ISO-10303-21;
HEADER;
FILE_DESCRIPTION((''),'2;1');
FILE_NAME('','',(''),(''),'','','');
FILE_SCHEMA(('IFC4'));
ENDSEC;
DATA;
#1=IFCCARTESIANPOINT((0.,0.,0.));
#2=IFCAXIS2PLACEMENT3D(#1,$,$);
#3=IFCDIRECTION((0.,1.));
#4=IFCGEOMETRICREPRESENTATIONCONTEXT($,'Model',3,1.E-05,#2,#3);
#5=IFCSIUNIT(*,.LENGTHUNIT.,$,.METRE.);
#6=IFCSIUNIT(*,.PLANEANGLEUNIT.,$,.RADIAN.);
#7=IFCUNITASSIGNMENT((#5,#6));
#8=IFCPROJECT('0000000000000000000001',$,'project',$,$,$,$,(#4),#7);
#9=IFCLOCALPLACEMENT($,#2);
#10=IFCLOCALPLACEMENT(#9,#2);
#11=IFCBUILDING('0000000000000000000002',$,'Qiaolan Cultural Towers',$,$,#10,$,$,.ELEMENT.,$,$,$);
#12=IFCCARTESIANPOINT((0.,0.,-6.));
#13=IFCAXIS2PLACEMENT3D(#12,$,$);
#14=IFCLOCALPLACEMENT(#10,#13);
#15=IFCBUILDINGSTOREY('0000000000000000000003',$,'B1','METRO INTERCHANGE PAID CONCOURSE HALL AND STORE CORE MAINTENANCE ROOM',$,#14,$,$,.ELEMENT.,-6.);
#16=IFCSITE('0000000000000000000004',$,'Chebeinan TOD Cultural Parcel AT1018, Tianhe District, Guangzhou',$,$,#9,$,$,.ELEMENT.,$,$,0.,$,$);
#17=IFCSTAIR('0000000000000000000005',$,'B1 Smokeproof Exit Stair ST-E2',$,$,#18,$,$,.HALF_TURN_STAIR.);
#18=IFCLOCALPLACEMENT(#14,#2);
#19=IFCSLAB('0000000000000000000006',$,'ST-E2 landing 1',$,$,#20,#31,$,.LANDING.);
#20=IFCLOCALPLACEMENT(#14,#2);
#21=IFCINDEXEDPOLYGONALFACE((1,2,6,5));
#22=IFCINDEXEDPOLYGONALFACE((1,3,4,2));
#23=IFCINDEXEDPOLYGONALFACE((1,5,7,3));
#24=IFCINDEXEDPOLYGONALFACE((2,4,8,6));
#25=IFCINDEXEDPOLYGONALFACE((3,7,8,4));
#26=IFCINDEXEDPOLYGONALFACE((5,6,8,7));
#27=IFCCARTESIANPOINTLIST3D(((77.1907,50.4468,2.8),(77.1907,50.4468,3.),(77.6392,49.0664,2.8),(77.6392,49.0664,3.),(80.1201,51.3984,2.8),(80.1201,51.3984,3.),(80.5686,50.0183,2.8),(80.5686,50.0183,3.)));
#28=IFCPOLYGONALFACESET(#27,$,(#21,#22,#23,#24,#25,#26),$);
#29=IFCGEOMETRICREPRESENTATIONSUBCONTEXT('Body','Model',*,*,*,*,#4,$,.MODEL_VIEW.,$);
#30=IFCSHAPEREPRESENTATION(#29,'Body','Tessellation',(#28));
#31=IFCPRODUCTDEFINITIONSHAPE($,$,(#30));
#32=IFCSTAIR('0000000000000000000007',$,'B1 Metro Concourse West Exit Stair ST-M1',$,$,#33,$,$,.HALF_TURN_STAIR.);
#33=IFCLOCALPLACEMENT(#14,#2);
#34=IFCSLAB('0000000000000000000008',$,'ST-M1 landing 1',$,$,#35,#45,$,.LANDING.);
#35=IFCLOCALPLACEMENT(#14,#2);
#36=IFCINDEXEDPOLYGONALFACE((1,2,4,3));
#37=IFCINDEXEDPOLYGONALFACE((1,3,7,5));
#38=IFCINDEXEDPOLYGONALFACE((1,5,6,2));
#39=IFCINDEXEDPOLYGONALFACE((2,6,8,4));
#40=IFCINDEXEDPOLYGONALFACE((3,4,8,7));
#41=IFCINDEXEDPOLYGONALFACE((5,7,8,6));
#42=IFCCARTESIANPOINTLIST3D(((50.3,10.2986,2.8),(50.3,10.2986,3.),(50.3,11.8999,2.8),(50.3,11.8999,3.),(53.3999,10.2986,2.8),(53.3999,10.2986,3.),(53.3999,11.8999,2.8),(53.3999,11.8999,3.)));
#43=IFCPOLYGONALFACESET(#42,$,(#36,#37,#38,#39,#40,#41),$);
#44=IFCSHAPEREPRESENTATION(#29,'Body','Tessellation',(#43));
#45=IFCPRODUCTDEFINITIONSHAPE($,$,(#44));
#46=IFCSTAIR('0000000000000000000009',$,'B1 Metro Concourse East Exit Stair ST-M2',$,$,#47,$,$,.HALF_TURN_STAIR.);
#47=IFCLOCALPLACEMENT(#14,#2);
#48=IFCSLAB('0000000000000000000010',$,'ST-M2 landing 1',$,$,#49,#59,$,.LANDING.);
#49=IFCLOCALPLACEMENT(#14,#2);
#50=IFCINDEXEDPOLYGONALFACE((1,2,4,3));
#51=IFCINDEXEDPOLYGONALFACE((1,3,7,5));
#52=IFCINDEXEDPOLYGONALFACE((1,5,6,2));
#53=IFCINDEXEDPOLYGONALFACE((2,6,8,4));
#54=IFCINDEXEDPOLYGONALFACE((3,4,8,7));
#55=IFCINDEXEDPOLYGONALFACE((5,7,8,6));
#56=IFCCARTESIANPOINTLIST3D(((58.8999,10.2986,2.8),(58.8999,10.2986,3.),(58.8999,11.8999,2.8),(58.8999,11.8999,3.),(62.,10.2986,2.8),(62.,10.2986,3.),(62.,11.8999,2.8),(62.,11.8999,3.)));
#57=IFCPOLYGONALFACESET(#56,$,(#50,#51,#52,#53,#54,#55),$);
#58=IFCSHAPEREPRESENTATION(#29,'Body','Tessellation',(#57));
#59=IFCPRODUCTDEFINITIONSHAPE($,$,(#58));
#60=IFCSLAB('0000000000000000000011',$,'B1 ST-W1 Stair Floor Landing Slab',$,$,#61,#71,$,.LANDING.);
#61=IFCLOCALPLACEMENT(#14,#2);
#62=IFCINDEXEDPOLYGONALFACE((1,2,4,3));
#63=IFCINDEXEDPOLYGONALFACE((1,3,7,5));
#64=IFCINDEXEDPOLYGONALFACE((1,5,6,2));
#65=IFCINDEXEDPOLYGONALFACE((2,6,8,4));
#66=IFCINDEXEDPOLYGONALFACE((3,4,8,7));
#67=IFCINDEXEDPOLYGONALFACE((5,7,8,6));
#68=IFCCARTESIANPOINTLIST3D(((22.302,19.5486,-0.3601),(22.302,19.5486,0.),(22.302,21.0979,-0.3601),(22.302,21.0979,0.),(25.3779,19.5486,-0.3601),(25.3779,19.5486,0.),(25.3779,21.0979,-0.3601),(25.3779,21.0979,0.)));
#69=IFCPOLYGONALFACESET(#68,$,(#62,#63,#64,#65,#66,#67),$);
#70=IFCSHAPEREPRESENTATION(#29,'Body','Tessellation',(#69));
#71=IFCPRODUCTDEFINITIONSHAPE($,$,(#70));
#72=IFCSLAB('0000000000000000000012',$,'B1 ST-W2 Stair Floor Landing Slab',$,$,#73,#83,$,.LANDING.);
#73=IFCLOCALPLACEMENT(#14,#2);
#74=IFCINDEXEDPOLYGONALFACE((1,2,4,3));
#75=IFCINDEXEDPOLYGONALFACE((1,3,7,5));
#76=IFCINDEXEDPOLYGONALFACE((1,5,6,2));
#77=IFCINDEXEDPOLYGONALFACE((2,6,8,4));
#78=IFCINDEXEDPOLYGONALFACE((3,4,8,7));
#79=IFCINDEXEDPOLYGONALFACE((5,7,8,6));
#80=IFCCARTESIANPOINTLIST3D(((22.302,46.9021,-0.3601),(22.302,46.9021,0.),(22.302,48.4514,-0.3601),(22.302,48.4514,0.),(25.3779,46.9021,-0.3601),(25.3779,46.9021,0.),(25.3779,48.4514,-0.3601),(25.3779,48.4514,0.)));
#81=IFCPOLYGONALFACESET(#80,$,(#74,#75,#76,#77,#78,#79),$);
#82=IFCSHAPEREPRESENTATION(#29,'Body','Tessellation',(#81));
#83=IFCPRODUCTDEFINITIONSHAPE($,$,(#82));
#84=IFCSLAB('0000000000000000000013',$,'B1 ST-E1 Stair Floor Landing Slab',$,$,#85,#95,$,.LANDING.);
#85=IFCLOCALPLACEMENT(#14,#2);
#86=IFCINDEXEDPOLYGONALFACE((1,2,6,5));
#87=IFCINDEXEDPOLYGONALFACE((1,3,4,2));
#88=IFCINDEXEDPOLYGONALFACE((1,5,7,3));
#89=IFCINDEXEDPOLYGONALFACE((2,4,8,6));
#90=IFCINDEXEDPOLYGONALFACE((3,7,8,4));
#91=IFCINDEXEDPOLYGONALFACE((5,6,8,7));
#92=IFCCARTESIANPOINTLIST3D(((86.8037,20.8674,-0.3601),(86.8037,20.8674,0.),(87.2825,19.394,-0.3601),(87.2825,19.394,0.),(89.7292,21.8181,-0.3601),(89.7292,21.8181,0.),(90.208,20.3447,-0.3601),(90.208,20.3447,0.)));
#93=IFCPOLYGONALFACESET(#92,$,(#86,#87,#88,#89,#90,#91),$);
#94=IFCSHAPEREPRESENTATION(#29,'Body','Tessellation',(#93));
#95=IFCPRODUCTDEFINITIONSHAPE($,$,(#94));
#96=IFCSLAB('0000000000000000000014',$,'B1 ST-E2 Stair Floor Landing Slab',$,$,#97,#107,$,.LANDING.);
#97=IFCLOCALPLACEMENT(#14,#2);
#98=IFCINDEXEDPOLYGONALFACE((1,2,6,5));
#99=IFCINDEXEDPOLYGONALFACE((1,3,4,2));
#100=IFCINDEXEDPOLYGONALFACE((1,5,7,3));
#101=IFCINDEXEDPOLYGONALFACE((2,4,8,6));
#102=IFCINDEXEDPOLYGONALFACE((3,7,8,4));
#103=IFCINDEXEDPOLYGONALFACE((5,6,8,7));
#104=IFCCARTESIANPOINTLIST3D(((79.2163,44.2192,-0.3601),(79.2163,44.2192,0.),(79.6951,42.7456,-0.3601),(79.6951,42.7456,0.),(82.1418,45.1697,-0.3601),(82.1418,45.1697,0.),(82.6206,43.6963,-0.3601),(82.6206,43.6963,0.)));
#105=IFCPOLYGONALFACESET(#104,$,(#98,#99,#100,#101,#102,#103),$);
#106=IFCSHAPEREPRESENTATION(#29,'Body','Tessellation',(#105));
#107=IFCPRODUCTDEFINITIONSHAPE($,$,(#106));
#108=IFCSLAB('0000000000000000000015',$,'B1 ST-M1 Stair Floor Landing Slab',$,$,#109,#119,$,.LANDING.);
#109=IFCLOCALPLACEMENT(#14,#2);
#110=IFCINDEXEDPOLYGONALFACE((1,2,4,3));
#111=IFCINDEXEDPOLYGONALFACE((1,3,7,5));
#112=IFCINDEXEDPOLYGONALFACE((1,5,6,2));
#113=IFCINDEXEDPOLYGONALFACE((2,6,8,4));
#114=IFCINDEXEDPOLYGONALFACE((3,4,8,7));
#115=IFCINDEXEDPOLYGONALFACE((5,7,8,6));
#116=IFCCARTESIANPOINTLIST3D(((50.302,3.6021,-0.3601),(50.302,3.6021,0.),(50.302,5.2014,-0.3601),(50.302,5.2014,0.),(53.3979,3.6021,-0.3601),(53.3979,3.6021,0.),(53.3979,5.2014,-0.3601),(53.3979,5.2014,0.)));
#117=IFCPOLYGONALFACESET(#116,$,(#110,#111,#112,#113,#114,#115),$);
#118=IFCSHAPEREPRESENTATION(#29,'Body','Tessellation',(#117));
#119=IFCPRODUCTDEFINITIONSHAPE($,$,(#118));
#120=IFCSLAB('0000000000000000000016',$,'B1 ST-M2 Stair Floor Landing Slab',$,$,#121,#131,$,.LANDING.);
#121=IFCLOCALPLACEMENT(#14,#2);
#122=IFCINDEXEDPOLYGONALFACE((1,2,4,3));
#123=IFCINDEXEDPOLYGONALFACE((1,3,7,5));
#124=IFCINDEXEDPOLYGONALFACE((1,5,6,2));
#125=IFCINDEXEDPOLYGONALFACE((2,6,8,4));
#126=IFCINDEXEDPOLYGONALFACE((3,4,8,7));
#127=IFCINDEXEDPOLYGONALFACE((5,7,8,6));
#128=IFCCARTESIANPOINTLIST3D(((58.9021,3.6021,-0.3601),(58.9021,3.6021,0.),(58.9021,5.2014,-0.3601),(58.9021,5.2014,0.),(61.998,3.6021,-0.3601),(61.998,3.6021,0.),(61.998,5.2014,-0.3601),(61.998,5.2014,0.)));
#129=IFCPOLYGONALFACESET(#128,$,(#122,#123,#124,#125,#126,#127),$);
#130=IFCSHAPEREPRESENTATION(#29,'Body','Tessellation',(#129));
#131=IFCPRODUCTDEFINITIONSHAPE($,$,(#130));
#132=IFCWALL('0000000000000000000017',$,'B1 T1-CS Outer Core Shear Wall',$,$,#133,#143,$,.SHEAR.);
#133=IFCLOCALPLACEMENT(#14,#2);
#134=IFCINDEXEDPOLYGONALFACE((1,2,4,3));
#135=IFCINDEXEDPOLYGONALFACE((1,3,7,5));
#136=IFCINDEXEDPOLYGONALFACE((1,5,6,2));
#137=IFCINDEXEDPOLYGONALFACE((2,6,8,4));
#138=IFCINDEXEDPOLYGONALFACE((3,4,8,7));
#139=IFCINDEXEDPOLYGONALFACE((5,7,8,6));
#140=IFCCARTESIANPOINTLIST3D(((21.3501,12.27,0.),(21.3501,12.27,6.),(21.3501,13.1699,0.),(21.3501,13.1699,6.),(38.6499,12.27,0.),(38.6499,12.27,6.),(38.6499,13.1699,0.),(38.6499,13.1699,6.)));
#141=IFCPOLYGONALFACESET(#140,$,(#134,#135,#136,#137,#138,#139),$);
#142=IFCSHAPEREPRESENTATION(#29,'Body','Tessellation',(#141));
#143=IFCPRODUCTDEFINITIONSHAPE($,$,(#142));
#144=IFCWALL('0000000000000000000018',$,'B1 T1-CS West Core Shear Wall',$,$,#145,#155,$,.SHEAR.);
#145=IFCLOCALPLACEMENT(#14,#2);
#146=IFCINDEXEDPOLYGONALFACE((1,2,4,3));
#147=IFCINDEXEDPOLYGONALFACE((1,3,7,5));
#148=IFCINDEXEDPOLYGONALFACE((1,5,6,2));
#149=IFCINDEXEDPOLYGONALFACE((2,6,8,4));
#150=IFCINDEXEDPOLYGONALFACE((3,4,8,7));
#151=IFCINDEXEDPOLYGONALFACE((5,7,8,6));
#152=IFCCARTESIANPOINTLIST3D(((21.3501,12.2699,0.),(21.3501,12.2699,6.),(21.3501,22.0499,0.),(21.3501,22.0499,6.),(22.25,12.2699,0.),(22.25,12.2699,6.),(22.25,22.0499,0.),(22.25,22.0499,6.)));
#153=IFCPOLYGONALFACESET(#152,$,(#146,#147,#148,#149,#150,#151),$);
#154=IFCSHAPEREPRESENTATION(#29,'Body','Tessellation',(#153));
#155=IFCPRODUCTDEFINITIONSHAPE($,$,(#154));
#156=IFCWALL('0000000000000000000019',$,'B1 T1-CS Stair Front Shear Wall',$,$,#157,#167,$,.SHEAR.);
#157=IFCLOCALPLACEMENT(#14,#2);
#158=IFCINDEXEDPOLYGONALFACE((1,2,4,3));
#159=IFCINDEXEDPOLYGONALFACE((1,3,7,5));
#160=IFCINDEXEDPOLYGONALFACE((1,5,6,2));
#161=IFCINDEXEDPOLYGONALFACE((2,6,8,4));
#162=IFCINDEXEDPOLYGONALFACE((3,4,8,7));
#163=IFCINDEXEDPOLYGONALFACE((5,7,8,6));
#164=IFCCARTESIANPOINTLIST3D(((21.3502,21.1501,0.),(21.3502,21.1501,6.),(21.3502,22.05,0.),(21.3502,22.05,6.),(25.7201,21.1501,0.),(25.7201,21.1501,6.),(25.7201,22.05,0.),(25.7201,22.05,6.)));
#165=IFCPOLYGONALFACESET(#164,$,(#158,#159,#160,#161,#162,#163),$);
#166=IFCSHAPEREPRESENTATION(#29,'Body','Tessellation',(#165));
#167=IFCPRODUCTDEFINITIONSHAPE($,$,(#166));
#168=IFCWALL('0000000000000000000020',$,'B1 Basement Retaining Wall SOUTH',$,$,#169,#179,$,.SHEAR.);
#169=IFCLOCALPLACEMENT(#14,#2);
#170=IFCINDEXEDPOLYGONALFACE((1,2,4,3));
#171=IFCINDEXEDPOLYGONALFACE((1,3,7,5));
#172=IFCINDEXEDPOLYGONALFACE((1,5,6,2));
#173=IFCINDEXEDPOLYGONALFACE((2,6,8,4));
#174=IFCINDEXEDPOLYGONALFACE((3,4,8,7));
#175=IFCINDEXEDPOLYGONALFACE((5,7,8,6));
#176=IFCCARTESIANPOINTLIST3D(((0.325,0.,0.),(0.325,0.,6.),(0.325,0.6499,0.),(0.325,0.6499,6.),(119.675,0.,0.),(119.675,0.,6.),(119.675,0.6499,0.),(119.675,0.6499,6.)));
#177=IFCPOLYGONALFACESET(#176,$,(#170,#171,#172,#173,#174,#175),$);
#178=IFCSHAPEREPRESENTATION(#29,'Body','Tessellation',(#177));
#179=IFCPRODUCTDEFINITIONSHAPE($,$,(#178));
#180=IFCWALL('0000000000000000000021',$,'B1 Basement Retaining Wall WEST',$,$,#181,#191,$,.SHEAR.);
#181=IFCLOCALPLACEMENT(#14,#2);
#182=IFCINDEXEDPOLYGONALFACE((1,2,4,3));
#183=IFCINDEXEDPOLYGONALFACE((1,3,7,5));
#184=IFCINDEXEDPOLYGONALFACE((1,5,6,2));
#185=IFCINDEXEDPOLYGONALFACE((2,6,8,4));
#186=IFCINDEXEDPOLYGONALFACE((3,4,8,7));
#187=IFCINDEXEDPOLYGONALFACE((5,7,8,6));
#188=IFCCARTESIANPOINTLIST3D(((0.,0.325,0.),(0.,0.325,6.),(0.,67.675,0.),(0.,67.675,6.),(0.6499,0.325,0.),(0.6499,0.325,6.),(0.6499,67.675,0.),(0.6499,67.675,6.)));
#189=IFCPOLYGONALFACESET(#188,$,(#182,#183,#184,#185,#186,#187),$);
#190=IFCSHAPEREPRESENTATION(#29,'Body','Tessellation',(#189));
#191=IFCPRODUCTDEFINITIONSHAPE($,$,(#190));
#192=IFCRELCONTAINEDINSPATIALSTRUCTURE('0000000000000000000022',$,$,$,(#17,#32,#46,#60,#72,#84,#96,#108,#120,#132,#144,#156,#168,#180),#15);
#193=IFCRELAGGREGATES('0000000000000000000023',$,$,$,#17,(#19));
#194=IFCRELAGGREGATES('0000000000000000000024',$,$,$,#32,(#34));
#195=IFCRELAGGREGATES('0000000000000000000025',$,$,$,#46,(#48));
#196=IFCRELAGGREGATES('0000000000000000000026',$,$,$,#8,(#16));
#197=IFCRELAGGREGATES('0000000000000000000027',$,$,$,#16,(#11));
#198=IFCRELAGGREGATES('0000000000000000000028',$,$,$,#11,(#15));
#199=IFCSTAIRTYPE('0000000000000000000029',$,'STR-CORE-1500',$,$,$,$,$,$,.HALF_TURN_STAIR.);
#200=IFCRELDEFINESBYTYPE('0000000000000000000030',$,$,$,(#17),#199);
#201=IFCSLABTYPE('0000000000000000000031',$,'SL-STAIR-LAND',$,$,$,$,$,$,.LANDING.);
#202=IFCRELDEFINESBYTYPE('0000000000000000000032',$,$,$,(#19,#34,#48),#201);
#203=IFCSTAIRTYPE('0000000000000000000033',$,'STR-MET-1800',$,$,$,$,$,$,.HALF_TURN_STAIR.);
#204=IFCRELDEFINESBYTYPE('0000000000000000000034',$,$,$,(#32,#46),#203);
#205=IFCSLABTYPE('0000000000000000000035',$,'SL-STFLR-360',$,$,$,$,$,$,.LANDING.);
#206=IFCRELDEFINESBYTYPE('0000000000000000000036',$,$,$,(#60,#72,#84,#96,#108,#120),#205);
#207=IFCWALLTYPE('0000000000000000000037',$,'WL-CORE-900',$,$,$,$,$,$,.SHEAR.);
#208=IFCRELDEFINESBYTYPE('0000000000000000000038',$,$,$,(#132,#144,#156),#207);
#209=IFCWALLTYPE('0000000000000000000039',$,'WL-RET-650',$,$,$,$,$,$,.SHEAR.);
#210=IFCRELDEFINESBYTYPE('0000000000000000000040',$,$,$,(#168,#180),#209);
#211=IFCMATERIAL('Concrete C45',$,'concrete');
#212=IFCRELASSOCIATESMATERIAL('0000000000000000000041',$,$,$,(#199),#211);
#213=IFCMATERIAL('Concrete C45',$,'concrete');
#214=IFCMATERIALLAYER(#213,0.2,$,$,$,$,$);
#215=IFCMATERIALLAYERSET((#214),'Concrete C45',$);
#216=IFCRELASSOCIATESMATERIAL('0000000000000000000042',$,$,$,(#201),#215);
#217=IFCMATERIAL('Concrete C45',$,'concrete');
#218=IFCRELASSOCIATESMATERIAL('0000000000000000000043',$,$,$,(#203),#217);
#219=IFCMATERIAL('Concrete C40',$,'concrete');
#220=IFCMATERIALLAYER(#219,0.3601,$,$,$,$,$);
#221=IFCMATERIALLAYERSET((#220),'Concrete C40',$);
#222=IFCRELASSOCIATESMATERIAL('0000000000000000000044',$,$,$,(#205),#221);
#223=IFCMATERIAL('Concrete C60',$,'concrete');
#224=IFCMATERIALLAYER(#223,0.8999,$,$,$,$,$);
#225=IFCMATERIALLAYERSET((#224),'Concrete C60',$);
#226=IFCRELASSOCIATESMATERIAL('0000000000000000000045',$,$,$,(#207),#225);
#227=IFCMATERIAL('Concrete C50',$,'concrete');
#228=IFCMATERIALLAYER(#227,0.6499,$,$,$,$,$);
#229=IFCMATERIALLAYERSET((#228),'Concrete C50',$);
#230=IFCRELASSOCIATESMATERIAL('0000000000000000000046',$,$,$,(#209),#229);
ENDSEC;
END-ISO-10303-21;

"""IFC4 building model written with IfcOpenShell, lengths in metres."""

from ifc_helpers import new_model, si_unit, direction, frame, frame_2d, origin, place, context, subcontext, project, spatial, polyline, rectangle, outline, extrude, material, layer, layer_set, type_object, element, aggregate, save


model = new_model("IFC4")

# Units and contexts
model_context = context("Model", 3, precision=1e-05, world=origin(), true_north=direction((0.0, 1.0)))
body_context = subcontext(model_context, "Body", "Model", "MODEL_VIEW")
ifc_project = project(units=[si_unit("LENGTHUNIT", "METRE"), si_unit("PLANEANGLEUNIT", "RADIAN")], contexts=[model_context])

# Site, building, storey
site_placement = place(None, origin())
site = spatial("IfcSite", under=ifc_project, at=site_placement, Name="Chebeinan TOD Cultural Parcel AT1018, Tianhe District, Guangzhou", CompositionType="ELEMENT", RefElevation=0.0)
building_placement = place(site_placement, origin())
building = spatial("IfcBuilding", under=site, at=building_placement, Name="Qiaolan Cultural Towers", CompositionType="ELEMENT")
storey_placement = place(building_placement, frame((0.0, 0.0, -6.0)))
storey = spatial("IfcBuildingStorey", under=building, at=storey_placement, Name="B1", Description="METRO INTERCHANGE PAID CONCOURSE HALL AND STORE CORE MAINTENANCE ROOM", CompositionType="ELEMENT", Elevation=-6.0)

# Stairs, slabs
ifc_material_1 = material(Name="Concrete C45", Category="concrete")
stair_type_1 = type_object("IfcStairType", Name="STR-CORE-1500", PredefinedType="HALF_TURN_STAIR", material=ifc_material_1)
ifc_material_2 = material(Name="Concrete C45", Category="concrete")
ifc_layer_1 = layer(ifc_material_2, 0.2)
ifc_layer_set_1 = layer_set([ifc_layer_1], Name="Concrete C45")
slab_type_1 = type_object("IfcSlabType", Name="SL-STAIR-LAND", PredefinedType="LANDING", material=ifc_layer_set_1)
stair_1_placement = place(storey_placement, origin())
stair_1 = element("IfcStair", 1, at=stair_1_placement, inside=storey, type_object=stair_type_1, Name="B1 Smokeproof Exit Stair ST-E2", PredefinedType="HALF_TURN_STAIR")
slab_1_placement = place(storey_placement, frame((0.0, 0.0, 2.8)))
slab_1 = element("IfcSlab", 2, at=slab_1_placement, type_object=slab_type_1, Name="ST-E2 landing 1", PredefinedType="LANDING", context=body_context, shape_type="SweptSolid", body=[
    extrude(outline(polyline([(80.5686, 50.0183), (80.1201, 51.3984), (77.1907, 50.4468), (77.6392, 49.0664), (80.5686, 50.0183)])), origin(), (0.0, 0.0, 1.0), 0.2),
])
aggregate(stair_1, [slab_1])
ifc_material_3 = material(Name="Concrete C45", Category="concrete")
stair_type_2 = type_object("IfcStairType", Name="STR-MET-1800", PredefinedType="HALF_TURN_STAIR", material=ifc_material_3)
stair_2_placement = place(storey_placement, origin())
stair_2 = element("IfcStair", 3, at=stair_2_placement, inside=storey, type_object=stair_type_2, Name="B1 Metro Concourse West Exit Stair ST-M1", PredefinedType="HALF_TURN_STAIR")
slab_2_placement = place(storey_placement, frame((0.0, 0.0, 2.8)))
slab_2 = element("IfcSlab", 4, at=slab_2_placement, type_object=slab_type_1, Name="ST-M1 landing 1", PredefinedType="LANDING", context=body_context, shape_type="SweptSolid", body=[
    extrude(outline(polyline([(53.3999, 10.2986), (53.3999, 11.8999), (50.3, 11.8999), (50.3, 10.2986), (53.3999, 10.2986)])), origin(), (0.0, 0.0, 1.0), 0.2),
])
aggregate(stair_2, [slab_2])
stair_3_placement = place(storey_placement, origin())
stair_3 = element("IfcStair", 5, at=stair_3_placement, inside=storey, type_object=stair_type_2, Name="B1 Metro Concourse East Exit Stair ST-M2", PredefinedType="HALF_TURN_STAIR")
slab_3_placement = place(storey_placement, frame((0.0, 0.0, 2.8)))
slab_3 = element("IfcSlab", 6, at=slab_3_placement, type_object=slab_type_1, Name="ST-M2 landing 1", PredefinedType="LANDING", context=body_context, shape_type="SweptSolid", body=[
    extrude(outline(polyline([(62.0, 10.2986), (62.0, 11.8999), (58.8999, 11.8999), (58.8999, 10.2986), (62.0, 10.2986)])), origin(), (0.0, 0.0, 1.0), 0.2),
])
aggregate(stair_3, [slab_3])

# Slabs
ifc_material_4 = material(Name="Concrete C40", Category="concrete")
ifc_layer_2 = layer(ifc_material_4, 0.3601)
ifc_layer_set_2 = layer_set([ifc_layer_2], Name="Concrete C40")
slab_type_2 = type_object("IfcSlabType", Name="SL-STFLR-360", PredefinedType="LANDING", material=ifc_layer_set_2)
slab_4_placement = place(storey_placement, frame((0.0, 0.0, -0.3601)))
element("IfcSlab", 7, at=slab_4_placement, inside=storey, type_object=slab_type_2, Name="B1 ST-W1 Stair Floor Landing Slab", PredefinedType="LANDING", context=body_context, shape_type="SweptSolid", body=[
    extrude(outline(polyline([(22.302, 21.0979), (22.302, 19.5486), (25.3779, 19.5486), (25.3779, 21.0979), (22.302, 21.0979)])), origin(), (0.0, 0.0, 1.0), 0.3601),
])
slab_5_placement = place(storey_placement, frame((0.0, 0.0, -0.3601)))
element("IfcSlab", 8, at=slab_5_placement, inside=storey, type_object=slab_type_2, Name="B1 ST-W2 Stair Floor Landing Slab", PredefinedType="LANDING", context=body_context, shape_type="SweptSolid", body=[
    extrude(outline(polyline([(25.3779, 46.9021), (25.3779, 48.4514), (22.302, 48.4514), (22.302, 46.9021), (25.3779, 46.9021)])), origin(), (0.0, 0.0, 1.0), 0.3601),
])
slab_6_placement = place(storey_placement, frame((0.0, 0.0, -0.3601)))
element("IfcSlab", 9, at=slab_6_placement, inside=storey, type_object=slab_type_2, Name="B1 ST-E1 Stair Floor Landing Slab", PredefinedType="LANDING", context=body_context, shape_type="SweptSolid", body=[
    extrude(outline(polyline([(86.8037, 20.8674), (87.2825, 19.394), (90.208, 20.3447), (89.7292, 21.8181), (86.8037, 20.8674)])), origin(), (0.0, 0.0, 1.0), 0.3601),
])
slab_7_placement = place(storey_placement, frame((0.0, 0.0, -0.3601)))
element("IfcSlab", 10, at=slab_7_placement, inside=storey, type_object=slab_type_2, Name="B1 ST-E2 Stair Floor Landing Slab", PredefinedType="LANDING", context=body_context, shape_type="SweptSolid", body=[
    extrude(outline(polyline([(82.6206, 43.6963), (82.1418, 45.1697), (79.2163, 44.2192), (79.6951, 42.7456), (82.6206, 43.6963)])), origin(), (0.0, 0.0, 1.0), 0.3601),
])
slab_8_placement = place(storey_placement, frame((0.0, 0.0, -0.3601)))
element("IfcSlab", 11, at=slab_8_placement, inside=storey, type_object=slab_type_2, Name="B1 ST-M1 Stair Floor Landing Slab", PredefinedType="LANDING", context=body_context, shape_type="SweptSolid", body=[
    extrude(outline(polyline([(53.3979, 3.6021), (53.3979, 5.2014), (50.302, 5.2014), (50.302, 3.6021), (53.3979, 3.6021)])), origin(), (0.0, 0.0, 1.0), 0.3601),
])
slab_9_placement = place(storey_placement, frame((0.0, 0.0, -0.3601)))
element("IfcSlab", 12, at=slab_9_placement, inside=storey, type_object=slab_type_2, Name="B1 ST-M2 Stair Floor Landing Slab", PredefinedType="LANDING", context=body_context, shape_type="SweptSolid", body=[
    extrude(outline(polyline([(61.998, 3.6021), (61.998, 5.2014), (58.9021, 5.2014), (58.9021, 3.6021), (61.998, 3.6021)])), origin(), (0.0, 0.0, 1.0), 0.3601),
])

# Walls
ifc_material_5 = material(Name="Concrete C60", Category="concrete")
ifc_layer_3 = layer(ifc_material_5, 0.8999)
ifc_layer_set_3 = layer_set([ifc_layer_3], Name="Concrete C60")
wall_type_1 = type_object("IfcWallType", Name="WL-CORE-900", PredefinedType="SHEAR", material=ifc_layer_set_3)
wall_1_placement = place(storey_placement, frame((21.3501, 12.72, 0.0), z_axis=(0.0, 0.0, 1.0), x_axis=(1.0, 0.0, 0.0)))
element("IfcWall", 13, at=wall_1_placement, inside=storey, type_object=wall_type_1, Name="B1 T1-CS Outer Core Shear Wall", PredefinedType="SHEAR", context=body_context, shape_type="SweptSolid", body=[
    extrude(rectangle(XDim=17.2998, YDim=0.8999, at=frame_2d((8.6499, 0.0))), origin(), (0.0, 0.0, 1.0), 6.0),
])
wall_2_placement = place(storey_placement, frame((21.8, 22.05, 0.0), z_axis=(0.0, 0.0, 1.0), x_axis=(0.0, -1.0, 0.0)))
element("IfcWall", 14, at=wall_2_placement, inside=storey, type_object=wall_type_1, Name="B1 T1-CS West Core Shear Wall", PredefinedType="SHEAR", context=body_context, shape_type="SweptSolid", body=[
    extrude(rectangle(XDim=9.78, YDim=0.8999, at=frame_2d((4.8901, 0.0))), origin(), (0.0, 0.0, 1.0), 6.0),
])
wall_3_placement = place(storey_placement, frame((21.3501, 21.6001, 0.0), z_axis=(0.0, 0.0, 1.0), x_axis=(1.0, 0.0, 0.0)))
element("IfcWall", 15, at=wall_3_placement, inside=storey, type_object=wall_type_1, Name="B1 T1-CS Stair Front Shear Wall", PredefinedType="SHEAR", context=body_context, shape_type="SweptSolid", body=[
    extrude(rectangle(XDim=4.3699, YDim=0.8999, at=frame_2d((2.1851, 0.0))), origin(), (0.0, 0.0, 1.0), 6.0),
])
ifc_material_6 = material(Name="Concrete C50", Category="concrete")
ifc_layer_4 = layer(ifc_material_6, 0.6499)
ifc_layer_set_4 = layer_set([ifc_layer_4], Name="Concrete C50")
wall_type_2 = type_object("IfcWallType", Name="WL-RET-650", PredefinedType="SHEAR", material=ifc_layer_set_4)
wall_4_placement = place(storey_placement, frame((0.325, 0.325, 0.0), z_axis=(0.0, 0.0, 1.0), x_axis=(1.0, 0.0, 0.0)))
element("IfcWall", 16, at=wall_4_placement, inside=storey, type_object=wall_type_2, Name="B1 Basement Retaining Wall SOUTH", PredefinedType="SHEAR", context=body_context, shape_type="SweptSolid", body=[
    extrude(rectangle(XDim=119.3501, YDim=0.6499, at=frame_2d((59.675, 0.0))), origin(), (0.0, 0.0, 1.0), 6.0),
])
wall_5_placement = place(storey_placement, frame((0.325, 0.325, 0.0), z_axis=(0.0, 0.0, 1.0), x_axis=(0.0, 1.0, 0.0)))
element("IfcWall", 17, at=wall_5_placement, inside=storey, type_object=wall_type_2, Name="B1 Basement Retaining Wall WEST", PredefinedType="SHEAR", context=body_context, shape_type="SweptSolid", body=[
    extrude(rectangle(XDim=67.3501, YDim=0.6499, at=frame_2d((33.675, 0.0))), origin(), (0.0, 0.0, 1.0), 6.0),
])

save(model, "model.ifc")
